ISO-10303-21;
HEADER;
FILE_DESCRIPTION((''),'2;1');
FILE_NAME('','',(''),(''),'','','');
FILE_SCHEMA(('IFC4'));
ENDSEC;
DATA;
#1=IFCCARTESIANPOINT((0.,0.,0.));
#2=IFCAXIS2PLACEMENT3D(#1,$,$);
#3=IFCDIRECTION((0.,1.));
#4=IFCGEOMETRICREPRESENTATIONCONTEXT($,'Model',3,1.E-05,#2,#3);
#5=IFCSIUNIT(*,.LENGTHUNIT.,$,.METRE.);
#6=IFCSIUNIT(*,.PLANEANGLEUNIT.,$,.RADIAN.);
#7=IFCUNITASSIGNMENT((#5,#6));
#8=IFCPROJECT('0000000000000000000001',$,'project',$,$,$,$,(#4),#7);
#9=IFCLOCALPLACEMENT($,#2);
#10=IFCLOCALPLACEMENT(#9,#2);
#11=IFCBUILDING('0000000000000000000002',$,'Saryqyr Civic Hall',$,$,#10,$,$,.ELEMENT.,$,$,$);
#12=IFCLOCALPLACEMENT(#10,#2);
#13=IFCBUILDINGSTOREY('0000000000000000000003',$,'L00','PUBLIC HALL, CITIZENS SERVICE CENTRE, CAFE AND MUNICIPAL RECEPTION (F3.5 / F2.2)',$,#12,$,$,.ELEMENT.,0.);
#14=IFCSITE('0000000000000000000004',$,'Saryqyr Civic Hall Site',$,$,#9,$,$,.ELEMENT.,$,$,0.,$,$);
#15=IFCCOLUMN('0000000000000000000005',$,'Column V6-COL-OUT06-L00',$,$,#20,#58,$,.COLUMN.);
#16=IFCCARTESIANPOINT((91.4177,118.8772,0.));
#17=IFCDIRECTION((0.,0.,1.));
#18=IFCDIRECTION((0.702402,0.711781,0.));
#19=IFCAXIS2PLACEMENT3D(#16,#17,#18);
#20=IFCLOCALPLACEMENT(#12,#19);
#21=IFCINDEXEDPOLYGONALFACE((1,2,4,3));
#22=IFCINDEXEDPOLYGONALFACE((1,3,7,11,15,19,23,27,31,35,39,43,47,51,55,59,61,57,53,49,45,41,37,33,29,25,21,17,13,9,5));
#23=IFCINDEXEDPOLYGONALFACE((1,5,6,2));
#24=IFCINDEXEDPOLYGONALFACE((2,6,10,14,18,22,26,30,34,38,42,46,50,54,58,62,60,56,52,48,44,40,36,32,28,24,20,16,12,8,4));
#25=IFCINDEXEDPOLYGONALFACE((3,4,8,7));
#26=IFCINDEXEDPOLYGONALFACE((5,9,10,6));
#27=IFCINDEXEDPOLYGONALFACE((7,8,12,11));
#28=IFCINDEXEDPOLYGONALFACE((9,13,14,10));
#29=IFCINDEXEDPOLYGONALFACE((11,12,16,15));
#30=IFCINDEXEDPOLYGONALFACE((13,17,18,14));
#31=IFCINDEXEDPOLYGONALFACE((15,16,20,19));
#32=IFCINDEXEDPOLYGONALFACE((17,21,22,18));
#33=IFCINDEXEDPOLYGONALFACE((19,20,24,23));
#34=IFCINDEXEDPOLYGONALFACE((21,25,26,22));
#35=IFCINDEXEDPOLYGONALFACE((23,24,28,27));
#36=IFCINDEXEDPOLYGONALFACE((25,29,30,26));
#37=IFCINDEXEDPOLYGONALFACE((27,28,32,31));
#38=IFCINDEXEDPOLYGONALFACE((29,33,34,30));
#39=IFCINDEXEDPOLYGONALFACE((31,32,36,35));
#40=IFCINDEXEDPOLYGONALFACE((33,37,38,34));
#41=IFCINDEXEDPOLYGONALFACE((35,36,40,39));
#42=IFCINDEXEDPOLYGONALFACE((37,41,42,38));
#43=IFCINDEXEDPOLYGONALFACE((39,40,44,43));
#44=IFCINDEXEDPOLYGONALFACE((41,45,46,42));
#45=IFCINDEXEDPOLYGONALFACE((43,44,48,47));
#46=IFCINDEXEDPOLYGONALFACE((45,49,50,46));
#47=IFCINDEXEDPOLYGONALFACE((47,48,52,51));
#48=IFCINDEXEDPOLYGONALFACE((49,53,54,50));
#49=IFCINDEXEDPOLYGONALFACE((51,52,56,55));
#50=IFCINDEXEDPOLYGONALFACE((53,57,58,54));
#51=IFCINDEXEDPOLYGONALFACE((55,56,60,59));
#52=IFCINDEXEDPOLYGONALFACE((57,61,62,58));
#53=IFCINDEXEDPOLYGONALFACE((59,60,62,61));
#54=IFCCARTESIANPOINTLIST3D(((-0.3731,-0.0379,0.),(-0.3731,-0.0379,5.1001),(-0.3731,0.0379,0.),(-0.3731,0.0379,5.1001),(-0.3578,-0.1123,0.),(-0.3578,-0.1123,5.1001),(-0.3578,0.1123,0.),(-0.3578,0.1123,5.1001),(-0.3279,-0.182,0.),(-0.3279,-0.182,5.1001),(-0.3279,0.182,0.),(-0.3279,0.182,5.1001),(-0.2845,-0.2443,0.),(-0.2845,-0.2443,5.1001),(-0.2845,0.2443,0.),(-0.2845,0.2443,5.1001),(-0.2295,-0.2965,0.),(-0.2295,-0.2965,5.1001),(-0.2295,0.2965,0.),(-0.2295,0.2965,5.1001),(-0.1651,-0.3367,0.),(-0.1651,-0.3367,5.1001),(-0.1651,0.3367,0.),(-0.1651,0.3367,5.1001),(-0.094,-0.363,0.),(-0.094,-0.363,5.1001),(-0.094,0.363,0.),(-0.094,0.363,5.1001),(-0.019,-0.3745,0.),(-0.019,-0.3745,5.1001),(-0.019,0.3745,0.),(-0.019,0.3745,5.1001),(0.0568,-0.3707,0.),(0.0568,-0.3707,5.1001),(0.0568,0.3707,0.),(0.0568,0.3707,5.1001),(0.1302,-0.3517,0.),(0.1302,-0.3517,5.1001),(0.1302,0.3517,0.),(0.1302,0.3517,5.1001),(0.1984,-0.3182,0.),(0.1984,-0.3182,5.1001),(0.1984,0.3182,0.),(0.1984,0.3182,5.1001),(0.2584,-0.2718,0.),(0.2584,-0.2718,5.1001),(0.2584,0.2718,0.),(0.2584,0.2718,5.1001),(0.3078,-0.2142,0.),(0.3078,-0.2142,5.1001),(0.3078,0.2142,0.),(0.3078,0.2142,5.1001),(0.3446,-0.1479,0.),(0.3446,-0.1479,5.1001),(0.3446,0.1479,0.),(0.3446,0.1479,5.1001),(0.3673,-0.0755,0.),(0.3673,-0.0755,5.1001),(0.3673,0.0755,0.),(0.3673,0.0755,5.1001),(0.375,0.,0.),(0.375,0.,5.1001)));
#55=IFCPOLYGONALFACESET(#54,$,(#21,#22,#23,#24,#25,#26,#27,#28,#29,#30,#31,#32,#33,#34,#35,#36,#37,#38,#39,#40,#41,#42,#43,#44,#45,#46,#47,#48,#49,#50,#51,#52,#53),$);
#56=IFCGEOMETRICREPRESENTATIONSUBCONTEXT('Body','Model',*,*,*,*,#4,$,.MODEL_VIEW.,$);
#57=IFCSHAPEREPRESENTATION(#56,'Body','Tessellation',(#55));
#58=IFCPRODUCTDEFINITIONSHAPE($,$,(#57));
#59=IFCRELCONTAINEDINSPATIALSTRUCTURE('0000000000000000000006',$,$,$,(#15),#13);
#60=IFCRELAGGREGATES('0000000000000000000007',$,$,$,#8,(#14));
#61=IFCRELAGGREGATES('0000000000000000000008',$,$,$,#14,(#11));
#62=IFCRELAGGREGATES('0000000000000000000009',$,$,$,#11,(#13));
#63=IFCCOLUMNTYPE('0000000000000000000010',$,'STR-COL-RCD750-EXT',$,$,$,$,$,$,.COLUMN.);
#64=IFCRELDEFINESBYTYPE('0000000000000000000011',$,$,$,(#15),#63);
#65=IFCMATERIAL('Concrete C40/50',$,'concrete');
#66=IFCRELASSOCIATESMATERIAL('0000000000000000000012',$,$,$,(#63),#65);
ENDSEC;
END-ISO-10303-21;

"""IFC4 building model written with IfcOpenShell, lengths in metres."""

from ifc_helpers import new_model, si_unit, direction, frame, origin, origin_2d, place, context, subcontext, project, spatial, circle, extrude, material, material_profile, profile_set, type_object, element, save


model = new_model("IFC4")

# Units and contexts
model_context = context("Model", 3, precision=1e-05, world=origin(), true_north=direction((0.0, 1.0)))
body_context = subcontext(model_context, "Body", "Model", "MODEL_VIEW")
ifc_project = project(units=[si_unit("LENGTHUNIT", "METRE"), si_unit("PLANEANGLEUNIT", "RADIAN")], contexts=[model_context])

# Site, building, storey
site_placement = place(None, origin())
site = spatial("IfcSite", under=ifc_project, at=site_placement, Name="Saryqyr Civic Hall Site", CompositionType="ELEMENT", RefElevation=0.0)
building_placement = place(site_placement, origin())
building = spatial("IfcBuilding", under=site, at=building_placement, Name="Saryqyr Civic Hall", CompositionType="ELEMENT")
storey_placement = place(building_placement, origin())
storey = spatial("IfcBuildingStorey", under=building, at=storey_placement, Name="L00", Description="PUBLIC HALL, CITIZENS SERVICE CENTRE, CAFE AND MUNICIPAL RECEPTION (F3.5 / F2.2)", CompositionType="ELEMENT", Elevation=0.0)

# Column
ifc_material_1 = material(Name="Concrete C40/50", Category="concrete")
ifc_material_profile_1 = material_profile(ifc_material_1, circle(Radius=0.375, at=origin_2d()), Name="RC D750")
ifc_profile_set_1 = profile_set([ifc_material_profile_1], Name="Concrete C40/50")
column_type = type_object("IfcColumnType", Name="STR-COL-RCD750-EXT", PredefinedType="COLUMN", material=ifc_profile_set_1)
for number, where, z_axis, x_axis, name in (
    (1, (91.4177, 118.8772, 0.0), (0.0, 0.0, 1.0), (0.702402, 0.711781, 0.0), "Column V6-COL-OUT06-L00"),
):
    element("IfcColumn", number, at=place(storey_placement, frame(where, z_axis=z_axis, x_axis=x_axis)), inside=storey, type_object=column_type, Name=name, PredefinedType="COLUMN", context=body_context, shape_type="SweptSolid", body=[
        extrude(circle(Radius=0.375, at=origin_2d()), origin(), (0.0, 0.0, 1.0), 5.1001),
    ])

save(model, "model.ifc")
